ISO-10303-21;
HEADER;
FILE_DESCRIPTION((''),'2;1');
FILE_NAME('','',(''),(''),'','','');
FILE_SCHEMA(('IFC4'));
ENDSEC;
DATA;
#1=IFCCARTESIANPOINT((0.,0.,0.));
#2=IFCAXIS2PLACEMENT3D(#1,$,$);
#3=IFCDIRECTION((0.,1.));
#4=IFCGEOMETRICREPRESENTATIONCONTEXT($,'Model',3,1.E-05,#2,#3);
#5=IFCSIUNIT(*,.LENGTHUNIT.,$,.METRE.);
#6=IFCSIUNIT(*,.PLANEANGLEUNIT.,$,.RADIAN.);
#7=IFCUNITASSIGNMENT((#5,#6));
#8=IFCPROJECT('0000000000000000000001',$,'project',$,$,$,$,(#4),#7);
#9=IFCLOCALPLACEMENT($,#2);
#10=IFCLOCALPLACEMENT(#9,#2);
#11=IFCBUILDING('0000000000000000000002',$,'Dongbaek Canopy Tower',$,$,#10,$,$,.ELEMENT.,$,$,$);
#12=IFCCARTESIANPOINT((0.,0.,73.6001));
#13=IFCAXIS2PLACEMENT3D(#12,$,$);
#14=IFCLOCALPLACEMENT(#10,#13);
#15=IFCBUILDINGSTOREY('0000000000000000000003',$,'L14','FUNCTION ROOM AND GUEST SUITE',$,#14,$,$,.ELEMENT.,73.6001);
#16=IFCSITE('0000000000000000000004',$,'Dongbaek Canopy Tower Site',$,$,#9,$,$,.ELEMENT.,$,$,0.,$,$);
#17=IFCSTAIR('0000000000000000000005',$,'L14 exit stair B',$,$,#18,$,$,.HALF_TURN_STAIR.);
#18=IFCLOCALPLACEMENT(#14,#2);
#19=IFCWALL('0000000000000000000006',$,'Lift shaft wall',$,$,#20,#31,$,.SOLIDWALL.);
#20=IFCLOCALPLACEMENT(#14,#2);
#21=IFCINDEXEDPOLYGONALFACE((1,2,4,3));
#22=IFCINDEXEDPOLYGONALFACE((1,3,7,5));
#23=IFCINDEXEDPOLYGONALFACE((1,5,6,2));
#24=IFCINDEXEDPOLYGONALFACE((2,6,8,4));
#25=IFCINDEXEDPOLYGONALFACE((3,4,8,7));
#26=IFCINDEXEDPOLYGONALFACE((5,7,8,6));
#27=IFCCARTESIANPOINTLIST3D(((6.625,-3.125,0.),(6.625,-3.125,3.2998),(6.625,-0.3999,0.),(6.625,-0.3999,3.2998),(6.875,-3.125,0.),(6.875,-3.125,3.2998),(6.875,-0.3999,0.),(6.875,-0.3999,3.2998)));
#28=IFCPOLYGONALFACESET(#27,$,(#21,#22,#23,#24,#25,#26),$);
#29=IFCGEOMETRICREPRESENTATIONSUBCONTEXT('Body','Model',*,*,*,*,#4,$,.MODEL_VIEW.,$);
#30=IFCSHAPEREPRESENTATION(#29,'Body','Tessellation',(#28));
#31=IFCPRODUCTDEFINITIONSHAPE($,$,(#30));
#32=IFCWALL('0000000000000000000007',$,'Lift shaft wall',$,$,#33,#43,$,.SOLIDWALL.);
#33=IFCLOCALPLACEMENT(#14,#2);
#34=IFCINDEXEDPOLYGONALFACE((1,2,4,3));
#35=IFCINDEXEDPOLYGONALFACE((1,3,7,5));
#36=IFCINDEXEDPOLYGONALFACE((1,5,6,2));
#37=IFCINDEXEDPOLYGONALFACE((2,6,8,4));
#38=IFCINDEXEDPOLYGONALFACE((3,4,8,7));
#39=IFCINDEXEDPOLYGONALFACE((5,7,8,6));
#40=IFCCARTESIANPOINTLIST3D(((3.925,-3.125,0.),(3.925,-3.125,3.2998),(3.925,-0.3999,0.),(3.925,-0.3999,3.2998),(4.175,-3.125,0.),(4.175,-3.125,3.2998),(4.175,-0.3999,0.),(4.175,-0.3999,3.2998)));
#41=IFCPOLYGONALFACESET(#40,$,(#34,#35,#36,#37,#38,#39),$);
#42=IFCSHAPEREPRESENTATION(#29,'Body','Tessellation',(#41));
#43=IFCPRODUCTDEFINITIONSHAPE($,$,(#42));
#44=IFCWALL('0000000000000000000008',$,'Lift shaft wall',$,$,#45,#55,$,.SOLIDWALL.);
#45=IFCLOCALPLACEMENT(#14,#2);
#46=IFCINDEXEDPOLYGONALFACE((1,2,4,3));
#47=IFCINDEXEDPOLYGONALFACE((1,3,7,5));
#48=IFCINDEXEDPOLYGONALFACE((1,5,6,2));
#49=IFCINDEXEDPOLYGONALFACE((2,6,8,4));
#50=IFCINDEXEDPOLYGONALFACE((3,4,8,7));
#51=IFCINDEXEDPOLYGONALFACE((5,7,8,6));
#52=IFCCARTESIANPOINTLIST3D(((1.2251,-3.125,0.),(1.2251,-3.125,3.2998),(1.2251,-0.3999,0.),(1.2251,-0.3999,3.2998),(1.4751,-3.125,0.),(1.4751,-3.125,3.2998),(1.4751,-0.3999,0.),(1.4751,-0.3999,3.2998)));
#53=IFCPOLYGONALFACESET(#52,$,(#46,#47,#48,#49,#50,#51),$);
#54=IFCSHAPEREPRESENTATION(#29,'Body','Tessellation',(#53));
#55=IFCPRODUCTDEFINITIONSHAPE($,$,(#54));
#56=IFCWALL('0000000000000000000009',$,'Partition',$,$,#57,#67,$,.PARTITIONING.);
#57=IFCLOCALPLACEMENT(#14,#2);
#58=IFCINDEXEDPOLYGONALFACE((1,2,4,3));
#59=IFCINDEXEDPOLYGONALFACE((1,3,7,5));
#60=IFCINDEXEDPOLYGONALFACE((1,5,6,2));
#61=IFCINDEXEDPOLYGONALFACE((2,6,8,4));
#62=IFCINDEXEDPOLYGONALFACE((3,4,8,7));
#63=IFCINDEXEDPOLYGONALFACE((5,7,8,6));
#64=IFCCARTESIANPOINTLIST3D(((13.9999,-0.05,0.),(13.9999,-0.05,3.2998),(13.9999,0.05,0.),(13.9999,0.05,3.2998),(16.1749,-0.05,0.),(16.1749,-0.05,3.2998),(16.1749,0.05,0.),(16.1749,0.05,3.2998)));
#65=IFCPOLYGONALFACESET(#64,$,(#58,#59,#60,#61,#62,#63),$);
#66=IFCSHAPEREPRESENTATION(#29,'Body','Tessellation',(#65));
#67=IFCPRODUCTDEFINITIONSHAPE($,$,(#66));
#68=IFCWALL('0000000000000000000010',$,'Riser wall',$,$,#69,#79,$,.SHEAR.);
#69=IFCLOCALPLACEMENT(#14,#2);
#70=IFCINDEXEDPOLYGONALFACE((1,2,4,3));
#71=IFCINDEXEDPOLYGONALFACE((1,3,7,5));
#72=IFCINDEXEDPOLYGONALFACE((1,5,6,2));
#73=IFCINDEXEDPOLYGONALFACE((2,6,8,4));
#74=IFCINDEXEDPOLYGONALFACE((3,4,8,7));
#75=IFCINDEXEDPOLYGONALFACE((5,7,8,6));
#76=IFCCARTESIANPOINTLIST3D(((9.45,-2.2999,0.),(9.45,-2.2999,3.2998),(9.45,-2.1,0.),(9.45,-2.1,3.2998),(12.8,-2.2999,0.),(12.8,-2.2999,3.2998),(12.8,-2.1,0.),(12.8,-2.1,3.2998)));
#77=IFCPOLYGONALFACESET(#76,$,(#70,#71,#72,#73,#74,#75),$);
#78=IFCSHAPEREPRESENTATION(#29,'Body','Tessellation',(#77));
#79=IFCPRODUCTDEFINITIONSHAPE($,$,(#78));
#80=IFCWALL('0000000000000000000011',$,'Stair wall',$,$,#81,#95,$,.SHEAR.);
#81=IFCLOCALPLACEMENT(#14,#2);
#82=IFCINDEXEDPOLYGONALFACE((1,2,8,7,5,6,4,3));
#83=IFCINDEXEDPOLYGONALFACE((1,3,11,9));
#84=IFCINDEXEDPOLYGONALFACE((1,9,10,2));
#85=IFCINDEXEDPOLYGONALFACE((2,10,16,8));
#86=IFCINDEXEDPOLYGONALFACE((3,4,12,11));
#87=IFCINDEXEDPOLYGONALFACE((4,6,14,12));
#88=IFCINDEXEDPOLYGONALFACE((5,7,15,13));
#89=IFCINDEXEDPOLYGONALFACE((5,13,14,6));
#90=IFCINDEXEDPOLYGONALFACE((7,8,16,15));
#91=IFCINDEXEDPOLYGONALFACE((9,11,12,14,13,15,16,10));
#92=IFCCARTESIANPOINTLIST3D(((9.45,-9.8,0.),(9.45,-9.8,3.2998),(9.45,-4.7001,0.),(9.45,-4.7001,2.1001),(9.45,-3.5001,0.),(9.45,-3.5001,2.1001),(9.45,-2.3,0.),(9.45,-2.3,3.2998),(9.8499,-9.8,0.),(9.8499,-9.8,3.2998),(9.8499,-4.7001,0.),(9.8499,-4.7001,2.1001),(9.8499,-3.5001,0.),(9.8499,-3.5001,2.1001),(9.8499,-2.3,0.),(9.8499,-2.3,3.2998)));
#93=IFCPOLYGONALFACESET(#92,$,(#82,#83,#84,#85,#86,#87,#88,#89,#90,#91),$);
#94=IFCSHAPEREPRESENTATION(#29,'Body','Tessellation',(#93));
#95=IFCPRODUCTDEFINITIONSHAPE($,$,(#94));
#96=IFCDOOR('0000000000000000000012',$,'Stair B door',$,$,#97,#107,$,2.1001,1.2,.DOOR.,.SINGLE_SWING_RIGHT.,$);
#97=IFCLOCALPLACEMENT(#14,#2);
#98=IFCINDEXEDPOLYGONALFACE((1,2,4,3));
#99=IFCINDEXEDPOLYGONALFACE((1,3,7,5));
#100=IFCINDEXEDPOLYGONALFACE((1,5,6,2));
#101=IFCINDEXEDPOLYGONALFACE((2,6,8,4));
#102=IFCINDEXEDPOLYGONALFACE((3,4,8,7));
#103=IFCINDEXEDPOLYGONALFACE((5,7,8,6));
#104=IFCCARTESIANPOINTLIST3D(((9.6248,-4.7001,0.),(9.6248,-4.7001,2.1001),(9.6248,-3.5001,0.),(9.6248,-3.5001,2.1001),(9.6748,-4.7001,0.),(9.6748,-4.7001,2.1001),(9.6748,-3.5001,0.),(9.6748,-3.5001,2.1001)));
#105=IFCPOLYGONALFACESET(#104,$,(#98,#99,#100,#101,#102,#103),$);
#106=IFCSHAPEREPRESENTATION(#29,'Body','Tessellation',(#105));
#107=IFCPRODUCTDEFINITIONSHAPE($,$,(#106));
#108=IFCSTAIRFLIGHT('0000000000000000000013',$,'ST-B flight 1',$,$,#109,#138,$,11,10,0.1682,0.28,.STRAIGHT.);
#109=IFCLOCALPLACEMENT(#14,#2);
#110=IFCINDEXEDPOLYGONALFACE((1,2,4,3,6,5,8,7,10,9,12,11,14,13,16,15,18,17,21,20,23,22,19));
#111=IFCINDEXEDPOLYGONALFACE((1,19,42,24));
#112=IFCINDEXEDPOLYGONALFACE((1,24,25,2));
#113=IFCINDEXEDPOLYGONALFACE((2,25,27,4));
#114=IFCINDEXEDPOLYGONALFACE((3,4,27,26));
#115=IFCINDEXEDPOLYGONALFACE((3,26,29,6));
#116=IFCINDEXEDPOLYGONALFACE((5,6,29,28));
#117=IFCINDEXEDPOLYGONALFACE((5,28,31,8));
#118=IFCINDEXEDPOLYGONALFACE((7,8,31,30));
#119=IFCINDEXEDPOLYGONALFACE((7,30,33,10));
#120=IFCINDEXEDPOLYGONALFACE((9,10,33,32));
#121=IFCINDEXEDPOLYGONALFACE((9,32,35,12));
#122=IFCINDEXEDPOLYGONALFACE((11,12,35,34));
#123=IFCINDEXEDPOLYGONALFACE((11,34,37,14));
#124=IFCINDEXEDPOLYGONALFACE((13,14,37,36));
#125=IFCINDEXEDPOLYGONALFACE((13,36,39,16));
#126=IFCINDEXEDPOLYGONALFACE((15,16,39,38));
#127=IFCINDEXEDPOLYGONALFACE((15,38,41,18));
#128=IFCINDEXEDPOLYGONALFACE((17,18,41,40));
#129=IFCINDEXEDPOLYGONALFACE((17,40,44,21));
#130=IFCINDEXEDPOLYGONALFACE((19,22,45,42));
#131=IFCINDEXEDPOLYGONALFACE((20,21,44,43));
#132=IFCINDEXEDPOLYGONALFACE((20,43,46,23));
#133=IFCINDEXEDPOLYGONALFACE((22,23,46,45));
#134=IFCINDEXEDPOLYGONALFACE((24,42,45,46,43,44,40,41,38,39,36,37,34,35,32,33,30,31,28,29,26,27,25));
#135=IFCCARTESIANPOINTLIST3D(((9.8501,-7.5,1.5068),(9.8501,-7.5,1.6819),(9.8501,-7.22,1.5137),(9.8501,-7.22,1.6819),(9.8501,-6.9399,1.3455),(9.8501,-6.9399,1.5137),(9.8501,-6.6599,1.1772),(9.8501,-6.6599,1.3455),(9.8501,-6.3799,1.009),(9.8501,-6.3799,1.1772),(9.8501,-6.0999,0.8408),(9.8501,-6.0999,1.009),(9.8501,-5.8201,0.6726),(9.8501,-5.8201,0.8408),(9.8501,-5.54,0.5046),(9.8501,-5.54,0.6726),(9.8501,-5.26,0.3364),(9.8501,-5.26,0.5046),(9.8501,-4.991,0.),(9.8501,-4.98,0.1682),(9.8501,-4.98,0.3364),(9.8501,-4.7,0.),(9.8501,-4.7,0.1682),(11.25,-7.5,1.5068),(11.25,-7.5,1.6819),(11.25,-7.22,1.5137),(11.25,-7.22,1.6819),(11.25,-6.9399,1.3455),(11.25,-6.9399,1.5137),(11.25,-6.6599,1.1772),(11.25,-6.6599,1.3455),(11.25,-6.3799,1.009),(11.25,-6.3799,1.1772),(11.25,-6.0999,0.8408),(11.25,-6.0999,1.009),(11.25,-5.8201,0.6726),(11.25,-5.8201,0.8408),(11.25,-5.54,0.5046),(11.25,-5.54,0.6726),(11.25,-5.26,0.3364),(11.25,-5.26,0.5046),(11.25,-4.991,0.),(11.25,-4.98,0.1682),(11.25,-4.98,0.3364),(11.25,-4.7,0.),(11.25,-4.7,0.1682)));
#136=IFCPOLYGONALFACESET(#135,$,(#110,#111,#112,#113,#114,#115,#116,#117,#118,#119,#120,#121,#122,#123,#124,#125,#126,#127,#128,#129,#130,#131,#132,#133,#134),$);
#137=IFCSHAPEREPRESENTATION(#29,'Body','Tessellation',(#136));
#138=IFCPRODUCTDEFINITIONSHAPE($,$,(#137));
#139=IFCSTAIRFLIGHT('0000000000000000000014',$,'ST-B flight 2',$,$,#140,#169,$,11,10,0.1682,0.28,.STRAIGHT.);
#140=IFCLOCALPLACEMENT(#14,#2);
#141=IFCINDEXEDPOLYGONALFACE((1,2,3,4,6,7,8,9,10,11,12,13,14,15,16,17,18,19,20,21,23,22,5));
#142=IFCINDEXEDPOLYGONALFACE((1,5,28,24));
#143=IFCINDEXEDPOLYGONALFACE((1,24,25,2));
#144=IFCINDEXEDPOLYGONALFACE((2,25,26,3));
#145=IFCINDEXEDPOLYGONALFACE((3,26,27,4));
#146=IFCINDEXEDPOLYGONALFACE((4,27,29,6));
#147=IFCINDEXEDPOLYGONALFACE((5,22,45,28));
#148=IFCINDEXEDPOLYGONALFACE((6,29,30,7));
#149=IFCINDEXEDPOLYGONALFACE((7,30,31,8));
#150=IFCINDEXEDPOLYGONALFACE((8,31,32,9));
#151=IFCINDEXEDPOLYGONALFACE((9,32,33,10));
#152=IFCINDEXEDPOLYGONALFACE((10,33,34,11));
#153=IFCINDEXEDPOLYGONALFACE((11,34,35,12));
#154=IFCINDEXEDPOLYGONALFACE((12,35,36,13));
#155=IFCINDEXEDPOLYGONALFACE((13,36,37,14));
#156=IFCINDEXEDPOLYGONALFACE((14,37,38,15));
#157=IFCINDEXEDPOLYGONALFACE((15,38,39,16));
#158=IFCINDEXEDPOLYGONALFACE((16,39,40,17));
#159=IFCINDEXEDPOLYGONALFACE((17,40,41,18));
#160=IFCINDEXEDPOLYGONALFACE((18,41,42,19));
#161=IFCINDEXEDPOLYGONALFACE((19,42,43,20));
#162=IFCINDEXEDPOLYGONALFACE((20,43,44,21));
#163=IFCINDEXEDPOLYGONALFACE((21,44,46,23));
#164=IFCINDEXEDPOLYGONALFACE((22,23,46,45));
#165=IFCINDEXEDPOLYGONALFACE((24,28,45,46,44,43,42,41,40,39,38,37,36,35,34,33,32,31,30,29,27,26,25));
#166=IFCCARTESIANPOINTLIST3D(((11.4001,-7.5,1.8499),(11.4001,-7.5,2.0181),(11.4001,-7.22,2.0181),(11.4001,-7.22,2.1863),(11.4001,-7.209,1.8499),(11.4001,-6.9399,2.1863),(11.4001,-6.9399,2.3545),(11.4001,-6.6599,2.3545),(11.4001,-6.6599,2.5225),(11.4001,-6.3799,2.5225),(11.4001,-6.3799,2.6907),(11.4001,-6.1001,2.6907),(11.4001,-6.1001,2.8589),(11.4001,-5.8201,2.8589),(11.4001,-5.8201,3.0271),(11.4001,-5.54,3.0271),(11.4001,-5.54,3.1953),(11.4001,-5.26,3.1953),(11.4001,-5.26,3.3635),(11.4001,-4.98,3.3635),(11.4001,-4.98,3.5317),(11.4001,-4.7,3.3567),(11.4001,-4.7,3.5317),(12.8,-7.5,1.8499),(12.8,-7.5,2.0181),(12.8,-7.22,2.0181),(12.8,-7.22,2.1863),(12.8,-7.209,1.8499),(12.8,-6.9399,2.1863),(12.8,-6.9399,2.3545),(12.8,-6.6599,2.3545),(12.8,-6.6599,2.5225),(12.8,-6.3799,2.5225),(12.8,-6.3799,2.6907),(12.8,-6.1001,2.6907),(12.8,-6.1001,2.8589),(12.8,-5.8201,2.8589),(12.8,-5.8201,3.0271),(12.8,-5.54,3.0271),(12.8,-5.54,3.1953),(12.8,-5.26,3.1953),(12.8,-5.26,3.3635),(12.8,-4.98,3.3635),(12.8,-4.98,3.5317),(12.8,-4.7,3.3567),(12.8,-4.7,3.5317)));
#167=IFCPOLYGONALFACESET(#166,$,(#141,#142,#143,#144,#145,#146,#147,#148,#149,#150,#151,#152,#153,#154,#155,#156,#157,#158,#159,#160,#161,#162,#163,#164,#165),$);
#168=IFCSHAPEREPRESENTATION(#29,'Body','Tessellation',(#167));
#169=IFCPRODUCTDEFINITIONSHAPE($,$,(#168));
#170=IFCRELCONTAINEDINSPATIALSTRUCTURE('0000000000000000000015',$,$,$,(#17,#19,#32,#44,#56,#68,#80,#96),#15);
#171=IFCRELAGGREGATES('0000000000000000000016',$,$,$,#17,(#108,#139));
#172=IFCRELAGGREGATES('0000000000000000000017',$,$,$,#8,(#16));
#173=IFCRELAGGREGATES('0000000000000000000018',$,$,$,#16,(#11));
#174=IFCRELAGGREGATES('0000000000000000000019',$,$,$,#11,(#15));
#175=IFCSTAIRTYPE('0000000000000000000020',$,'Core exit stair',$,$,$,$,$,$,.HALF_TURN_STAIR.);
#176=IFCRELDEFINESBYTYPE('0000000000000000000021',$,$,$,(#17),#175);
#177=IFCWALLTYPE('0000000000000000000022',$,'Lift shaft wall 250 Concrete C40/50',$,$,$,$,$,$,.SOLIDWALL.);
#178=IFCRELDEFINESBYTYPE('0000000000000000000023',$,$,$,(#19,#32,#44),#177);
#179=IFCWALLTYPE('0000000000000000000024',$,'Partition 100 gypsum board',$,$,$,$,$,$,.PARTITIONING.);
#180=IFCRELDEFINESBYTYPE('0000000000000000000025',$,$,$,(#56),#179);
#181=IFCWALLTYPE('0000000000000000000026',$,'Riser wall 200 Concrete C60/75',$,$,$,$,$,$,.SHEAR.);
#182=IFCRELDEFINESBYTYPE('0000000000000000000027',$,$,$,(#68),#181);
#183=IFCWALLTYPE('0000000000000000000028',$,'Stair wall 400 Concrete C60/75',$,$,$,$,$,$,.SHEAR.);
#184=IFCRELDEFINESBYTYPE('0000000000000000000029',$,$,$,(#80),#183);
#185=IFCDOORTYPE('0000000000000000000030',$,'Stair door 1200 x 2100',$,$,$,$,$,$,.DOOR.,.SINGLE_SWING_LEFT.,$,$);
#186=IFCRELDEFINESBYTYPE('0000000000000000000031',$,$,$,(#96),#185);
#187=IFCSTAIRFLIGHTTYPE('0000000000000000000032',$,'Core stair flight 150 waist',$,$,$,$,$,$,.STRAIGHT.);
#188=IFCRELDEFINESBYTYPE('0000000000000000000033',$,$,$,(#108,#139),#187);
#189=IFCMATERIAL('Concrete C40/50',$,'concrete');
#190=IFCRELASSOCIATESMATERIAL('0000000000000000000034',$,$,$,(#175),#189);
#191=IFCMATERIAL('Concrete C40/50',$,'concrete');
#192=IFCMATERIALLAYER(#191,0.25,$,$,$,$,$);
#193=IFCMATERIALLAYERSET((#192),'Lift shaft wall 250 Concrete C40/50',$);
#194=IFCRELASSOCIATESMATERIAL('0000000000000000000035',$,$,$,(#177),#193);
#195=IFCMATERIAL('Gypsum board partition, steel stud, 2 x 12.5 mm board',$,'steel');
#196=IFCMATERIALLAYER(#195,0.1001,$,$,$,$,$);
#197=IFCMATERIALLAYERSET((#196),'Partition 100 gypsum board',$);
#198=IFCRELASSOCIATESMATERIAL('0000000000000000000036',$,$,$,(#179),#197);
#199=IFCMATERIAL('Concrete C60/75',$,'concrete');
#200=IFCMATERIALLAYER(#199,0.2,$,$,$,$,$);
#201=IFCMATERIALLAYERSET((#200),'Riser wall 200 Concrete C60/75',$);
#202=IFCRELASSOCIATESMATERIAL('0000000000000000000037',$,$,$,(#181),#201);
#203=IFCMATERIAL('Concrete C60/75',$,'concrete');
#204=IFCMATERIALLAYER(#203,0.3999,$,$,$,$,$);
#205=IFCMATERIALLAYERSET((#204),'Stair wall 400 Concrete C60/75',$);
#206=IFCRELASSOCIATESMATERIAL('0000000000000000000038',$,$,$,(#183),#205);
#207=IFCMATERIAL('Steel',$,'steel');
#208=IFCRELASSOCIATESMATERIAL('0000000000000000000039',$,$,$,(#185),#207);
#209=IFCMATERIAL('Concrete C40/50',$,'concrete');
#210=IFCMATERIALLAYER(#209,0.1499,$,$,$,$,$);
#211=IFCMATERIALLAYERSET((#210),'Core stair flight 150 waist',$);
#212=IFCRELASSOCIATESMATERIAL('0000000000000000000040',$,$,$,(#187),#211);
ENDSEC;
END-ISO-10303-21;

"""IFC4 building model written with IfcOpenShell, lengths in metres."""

from ifc_helpers import new_model, si_unit, direction, frame, frame_2d, origin, place, context, subcontext, project, spatial, polyline, rectangle, outline, extrude, material, layer, layer_set, type_object, element, fill, aggregate, save


model = new_model("IFC4")

# Units and contexts
model_context = context("Model", 3, precision=1e-05, world=origin(), true_north=direction((0.0, 1.0)))
body_context = subcontext(model_context, "Body", "Model", "MODEL_VIEW")
ifc_project = project(units=[si_unit("LENGTHUNIT", "METRE"), si_unit("PLANEANGLEUNIT", "RADIAN")], contexts=[model_context])

# Site, building, storey
site_placement = place(None, origin())
site = spatial("IfcSite", under=ifc_project, at=site_placement, Name="Dongbaek Canopy Tower Site", CompositionType="ELEMENT", RefElevation=0.0)
building_placement = place(site_placement, origin())
building = spatial("IfcBuilding", under=site, at=building_placement, Name="Dongbaek Canopy Tower", CompositionType="ELEMENT")
storey_placement = place(building_placement, frame((0.0, 0.0, 73.6001)))
storey = spatial("IfcBuildingStorey", under=building, at=storey_placement, Name="L14", Description="FUNCTION ROOM AND GUEST SUITE", CompositionType="ELEMENT", Elevation=73.6001)

# Stair
ifc_material_1 = material(Name="Concrete C40/50", Category="concrete")
stair_type = type_object("IfcStairType", Name="Core exit stair", PredefinedType="HALF_TURN_STAIR", material=ifc_material_1)
stair_1_placement = place(storey_placement, origin())
stair_1 = element("IfcStair", 1, at=stair_1_placement, inside=storey, type_object=stair_type, Name="L14 exit stair B", PredefinedType="HALF_TURN_STAIR")

# Walls
ifc_material_2 = material(Name="Concrete C40/50", Category="concrete")
ifc_layer_1 = layer(ifc_material_2, 0.25)
ifc_layer_set_1 = layer_set([ifc_layer_1], Name="Lift shaft wall 250 Concrete C40/50")
wall_type_1 = type_object("IfcWallType", Name="Lift shaft wall 250 Concrete C40/50", PredefinedType="SOLIDWALL", material=ifc_layer_set_1)
for number, where, z_axis, x_axis, name in (
    (2, (6.75, -3.125, 0.0), (0.0, 0.0, 1.0), (0.0, 1.0, 0.0), "Lift shaft wall"),
    (3, (4.05, -3.125, 0.0), (0.0, 0.0, 1.0), (0.0, 1.0, 0.0), "Lift shaft wall"),
    (4, (1.3501, -3.125, 0.0), (0.0, 0.0, 1.0), (0.0, 1.0, 0.0), "Lift shaft wall"),
):
    element("IfcWall", number, at=place(storey_placement, frame(where, z_axis=z_axis, x_axis=x_axis)), inside=storey, type_object=wall_type_1, Name=name, PredefinedType="SOLIDWALL", context=body_context, shape_type="SweptSolid", body=[
        extrude(rectangle(XDim=2.7251, YDim=0.25, at=frame_2d((1.3625, 0.0))), origin(), (0.0, 0.0, 1.0), 3.2998),
    ])
ifc_material_3 = material(Name="Gypsum board partition, steel stud, 2 x 12.5 mm board", Category="steel")
ifc_layer_2 = layer(ifc_material_3, 0.1001)
ifc_layer_set_2 = layer_set([ifc_layer_2], Name="Partition 100 gypsum board")
wall_type_2 = type_object("IfcWallType", Name="Partition 100 gypsum board", PredefinedType="PARTITIONING", material=ifc_layer_set_2)
wall_1_placement = place(storey_placement, frame((14.0, 0.0, 0.0), z_axis=(0.0, 0.0, 1.0), x_axis=(1.0, 0.0, 0.0)))
element("IfcWall", 5, at=wall_1_placement, inside=storey, type_object=wall_type_2, Name="Partition", PredefinedType="PARTITIONING", context=body_context, shape_type="SweptSolid", body=[
    extrude(rectangle(XDim=2.175, YDim=0.1001, at=frame_2d((1.0874, 0.0))), origin(), (0.0, 0.0, 1.0), 3.2998),
])
ifc_material_4 = material(Name="Concrete C60/75", Category="concrete")
ifc_layer_3 = layer(ifc_material_4, 0.2)
ifc_layer_set_3 = layer_set([ifc_layer_3], Name="Riser wall 200 Concrete C60/75")
wall_type_3 = type_object("IfcWallType", Name="Riser wall 200 Concrete C60/75", PredefinedType="SHEAR", material=ifc_layer_set_3)
wall_2_placement = place(storey_placement, frame((9.45, -2.2, 0.0), z_axis=(0.0, 0.0, 1.0), x_axis=(1.0, 0.0, 0.0)))
element("IfcWall", 6, at=wall_2_placement, inside=storey, type_object=wall_type_3, Name="Riser wall", PredefinedType="SHEAR", context=body_context, shape_type="SweptSolid", body=[
    extrude(rectangle(XDim=3.3501, YDim=0.2, at=frame_2d((1.675, 0.0))), origin(), (0.0, 0.0, 1.0), 3.2998),
])

# Wall, opening, door
ifc_material_5 = material(Name="Concrete C60/75", Category="concrete")
ifc_layer_4 = layer(ifc_material_5, 0.3999)
ifc_layer_set_4 = layer_set([ifc_layer_4], Name="Stair wall 400 Concrete C60/75")
wall_type_4 = type_object("IfcWallType", Name="Stair wall 400 Concrete C60/75", PredefinedType="SHEAR", material=ifc_layer_set_4)
wall_3_placement = place(storey_placement, frame((9.6499, -2.3, 0.0), z_axis=(0.0, 0.0, 1.0), x_axis=(0.0, -1.0, 0.0)))
wall_3 = element("IfcWall", 7, at=wall_3_placement, inside=storey, type_object=wall_type_4, Name="Stair wall", PredefinedType="SHEAR", context=body_context, shape_type="SweptSolid", body=[
    extrude(rectangle(XDim=7.5, YDim=0.3999, at=frame_2d((3.75, 0.0))), origin(), (0.0, 0.0, 1.0), 3.2998),
])
opening_1_placement = place(wall_3_placement, frame((1.2, 0.0, 0.0)))
opening_1 = element("IfcOpeningElement", 8, at=opening_1_placement, cuts=wall_3, PredefinedType="OPENING", context=body_context, shape_type="SweptSolid", body=[
    extrude(rectangle(XDim=1.2, YDim=2.1001, at=frame_2d((0.6001, 1.05))), frame((0.0, 0.21, 0.0), z_axis=(0.0, -1.0, 0.0), x_axis=(1.0, 0.0, 0.0)), (0.0, 0.0, 1.0), 0.4199),
])
ifc_material_6 = material(Name="Steel", Category="steel")
door_type_1 = type_object("IfcDoorType", Name="Stair door 1200 x 2100", OperationType="SINGLE_SWING_LEFT", PredefinedType="DOOR", material=ifc_material_6)
door_1_placement = place(opening_1_placement, origin())
door_1 = element("IfcDoor", 9, at=door_1_placement, inside=storey, type_object=door_type_1, Name="Stair B door", OperationType="SINGLE_SWING_RIGHT", OverallHeight=2.1001, OverallWidth=1.2, PredefinedType="DOOR", context=body_context, shape_type="SweptSolid", body=[
    extrude(rectangle(XDim=1.2, YDim=2.1001, at=frame_2d((0.6001, 1.05))), frame((0.0, 0.0249, 0.0), z_axis=(0.0, -1.0, 0.0), x_axis=(1.0, 0.0, 0.0)), (0.0, 0.0, 1.0), 0.05),
])
fill(opening_1, door_1)

# Stair flights
ifc_material_7 = material(Name="Concrete C40/50", Category="concrete")
ifc_layer_5 = layer(ifc_material_7, 0.1499)
ifc_layer_set_5 = layer_set([ifc_layer_5], Name="Core stair flight 150 waist")
stair_flight_type = type_object("IfcStairFlightType", Name="Core stair flight 150 waist", PredefinedType="STRAIGHT", material=ifc_layer_set_5)
stair_flight_1_placement = place(storey_placement, frame((10.55, -4.7, 0.0), z_axis=(0.0, 0.0, 1.0), x_axis=(0.0, -1.0, 0.0)))
stair_flight_1 = element("IfcStairFlight", 10, at=stair_flight_1_placement, type_object=stair_flight_type, Name="ST-B flight 1", NumberOfRisers=11, NumberOfTreads=10, PredefinedType="STRAIGHT", RiserHeight=0.1682, TreadLength=0.28, context=body_context, shape_type="SweptSolid", body=[
    extrude(outline(polyline([(0.0, 0.0), (0.0, 0.1682), (0.28, 0.1682), (0.28, 0.3364), (0.5601, 0.3364), (0.5601, 0.5046), (0.8401, 0.5046), (0.8401, 0.6726), (1.1201, 0.6726), (1.1201, 0.8408), (1.3999, 0.8408), (1.3999, 1.009), (1.6799, 1.009), (1.6799, 1.1772), (1.96, 1.1772), (1.96, 1.3455), (2.24, 1.3455), (2.24, 1.5137), (2.52, 1.5137), (2.52, 1.6819), (2.8, 1.6819), (2.8, 1.8501), (2.8, 1.5068), (0.291, 0.0), (0.0, 0.0)])), frame((0.0, 0.7, 0.0), z_axis=(0.0, -1.0, 0.0), x_axis=(1.0, 0.0, 0.0)), (0.0, 0.0, 1.0), 1.3999),
])
stair_flight_2_placement = place(storey_placement, frame((12.1001, -7.5, 1.8499), z_axis=(0.0, 0.0, 1.0), x_axis=(0.0, 1.0, 0.0)))
stair_flight_2 = element("IfcStairFlight", 11, at=stair_flight_2_placement, type_object=stair_flight_type, Name="ST-B flight 2", NumberOfRisers=11, NumberOfTreads=10, PredefinedType="STRAIGHT", RiserHeight=0.1682, TreadLength=0.28, context=body_context, shape_type="SweptSolid", body=[
    extrude(outline(polyline([(0.0, 0.0), (0.0, 0.1682), (0.28, 0.1682), (0.28, 0.3364), (0.5601, 0.3364), (0.5601, 0.5046), (0.8401, 0.5046), (0.8401, 0.6726), (1.1201, 0.6726), (1.1201, 0.8408), (1.3999, 0.8408), (1.3999, 1.009), (1.6799, 1.009), (1.6799, 1.1772), (1.96, 1.1772), (1.96, 1.3455), (2.24, 1.3455), (2.24, 1.5137), (2.52, 1.5137), (2.52, 1.6819), (2.8, 1.6819), (2.8, 1.8501), (2.8, 1.5068), (0.291, 0.0), (0.0, 0.0)])), frame((0.0, 0.7, 0.0), z_axis=(0.0, -1.0, 0.0), x_axis=(1.0, 0.0, 0.0)), (0.0, 0.0, 1.0), 1.3999),
])
aggregate(stair_1, [stair_flight_1, stair_flight_2])

save(model, "model.ifc")
